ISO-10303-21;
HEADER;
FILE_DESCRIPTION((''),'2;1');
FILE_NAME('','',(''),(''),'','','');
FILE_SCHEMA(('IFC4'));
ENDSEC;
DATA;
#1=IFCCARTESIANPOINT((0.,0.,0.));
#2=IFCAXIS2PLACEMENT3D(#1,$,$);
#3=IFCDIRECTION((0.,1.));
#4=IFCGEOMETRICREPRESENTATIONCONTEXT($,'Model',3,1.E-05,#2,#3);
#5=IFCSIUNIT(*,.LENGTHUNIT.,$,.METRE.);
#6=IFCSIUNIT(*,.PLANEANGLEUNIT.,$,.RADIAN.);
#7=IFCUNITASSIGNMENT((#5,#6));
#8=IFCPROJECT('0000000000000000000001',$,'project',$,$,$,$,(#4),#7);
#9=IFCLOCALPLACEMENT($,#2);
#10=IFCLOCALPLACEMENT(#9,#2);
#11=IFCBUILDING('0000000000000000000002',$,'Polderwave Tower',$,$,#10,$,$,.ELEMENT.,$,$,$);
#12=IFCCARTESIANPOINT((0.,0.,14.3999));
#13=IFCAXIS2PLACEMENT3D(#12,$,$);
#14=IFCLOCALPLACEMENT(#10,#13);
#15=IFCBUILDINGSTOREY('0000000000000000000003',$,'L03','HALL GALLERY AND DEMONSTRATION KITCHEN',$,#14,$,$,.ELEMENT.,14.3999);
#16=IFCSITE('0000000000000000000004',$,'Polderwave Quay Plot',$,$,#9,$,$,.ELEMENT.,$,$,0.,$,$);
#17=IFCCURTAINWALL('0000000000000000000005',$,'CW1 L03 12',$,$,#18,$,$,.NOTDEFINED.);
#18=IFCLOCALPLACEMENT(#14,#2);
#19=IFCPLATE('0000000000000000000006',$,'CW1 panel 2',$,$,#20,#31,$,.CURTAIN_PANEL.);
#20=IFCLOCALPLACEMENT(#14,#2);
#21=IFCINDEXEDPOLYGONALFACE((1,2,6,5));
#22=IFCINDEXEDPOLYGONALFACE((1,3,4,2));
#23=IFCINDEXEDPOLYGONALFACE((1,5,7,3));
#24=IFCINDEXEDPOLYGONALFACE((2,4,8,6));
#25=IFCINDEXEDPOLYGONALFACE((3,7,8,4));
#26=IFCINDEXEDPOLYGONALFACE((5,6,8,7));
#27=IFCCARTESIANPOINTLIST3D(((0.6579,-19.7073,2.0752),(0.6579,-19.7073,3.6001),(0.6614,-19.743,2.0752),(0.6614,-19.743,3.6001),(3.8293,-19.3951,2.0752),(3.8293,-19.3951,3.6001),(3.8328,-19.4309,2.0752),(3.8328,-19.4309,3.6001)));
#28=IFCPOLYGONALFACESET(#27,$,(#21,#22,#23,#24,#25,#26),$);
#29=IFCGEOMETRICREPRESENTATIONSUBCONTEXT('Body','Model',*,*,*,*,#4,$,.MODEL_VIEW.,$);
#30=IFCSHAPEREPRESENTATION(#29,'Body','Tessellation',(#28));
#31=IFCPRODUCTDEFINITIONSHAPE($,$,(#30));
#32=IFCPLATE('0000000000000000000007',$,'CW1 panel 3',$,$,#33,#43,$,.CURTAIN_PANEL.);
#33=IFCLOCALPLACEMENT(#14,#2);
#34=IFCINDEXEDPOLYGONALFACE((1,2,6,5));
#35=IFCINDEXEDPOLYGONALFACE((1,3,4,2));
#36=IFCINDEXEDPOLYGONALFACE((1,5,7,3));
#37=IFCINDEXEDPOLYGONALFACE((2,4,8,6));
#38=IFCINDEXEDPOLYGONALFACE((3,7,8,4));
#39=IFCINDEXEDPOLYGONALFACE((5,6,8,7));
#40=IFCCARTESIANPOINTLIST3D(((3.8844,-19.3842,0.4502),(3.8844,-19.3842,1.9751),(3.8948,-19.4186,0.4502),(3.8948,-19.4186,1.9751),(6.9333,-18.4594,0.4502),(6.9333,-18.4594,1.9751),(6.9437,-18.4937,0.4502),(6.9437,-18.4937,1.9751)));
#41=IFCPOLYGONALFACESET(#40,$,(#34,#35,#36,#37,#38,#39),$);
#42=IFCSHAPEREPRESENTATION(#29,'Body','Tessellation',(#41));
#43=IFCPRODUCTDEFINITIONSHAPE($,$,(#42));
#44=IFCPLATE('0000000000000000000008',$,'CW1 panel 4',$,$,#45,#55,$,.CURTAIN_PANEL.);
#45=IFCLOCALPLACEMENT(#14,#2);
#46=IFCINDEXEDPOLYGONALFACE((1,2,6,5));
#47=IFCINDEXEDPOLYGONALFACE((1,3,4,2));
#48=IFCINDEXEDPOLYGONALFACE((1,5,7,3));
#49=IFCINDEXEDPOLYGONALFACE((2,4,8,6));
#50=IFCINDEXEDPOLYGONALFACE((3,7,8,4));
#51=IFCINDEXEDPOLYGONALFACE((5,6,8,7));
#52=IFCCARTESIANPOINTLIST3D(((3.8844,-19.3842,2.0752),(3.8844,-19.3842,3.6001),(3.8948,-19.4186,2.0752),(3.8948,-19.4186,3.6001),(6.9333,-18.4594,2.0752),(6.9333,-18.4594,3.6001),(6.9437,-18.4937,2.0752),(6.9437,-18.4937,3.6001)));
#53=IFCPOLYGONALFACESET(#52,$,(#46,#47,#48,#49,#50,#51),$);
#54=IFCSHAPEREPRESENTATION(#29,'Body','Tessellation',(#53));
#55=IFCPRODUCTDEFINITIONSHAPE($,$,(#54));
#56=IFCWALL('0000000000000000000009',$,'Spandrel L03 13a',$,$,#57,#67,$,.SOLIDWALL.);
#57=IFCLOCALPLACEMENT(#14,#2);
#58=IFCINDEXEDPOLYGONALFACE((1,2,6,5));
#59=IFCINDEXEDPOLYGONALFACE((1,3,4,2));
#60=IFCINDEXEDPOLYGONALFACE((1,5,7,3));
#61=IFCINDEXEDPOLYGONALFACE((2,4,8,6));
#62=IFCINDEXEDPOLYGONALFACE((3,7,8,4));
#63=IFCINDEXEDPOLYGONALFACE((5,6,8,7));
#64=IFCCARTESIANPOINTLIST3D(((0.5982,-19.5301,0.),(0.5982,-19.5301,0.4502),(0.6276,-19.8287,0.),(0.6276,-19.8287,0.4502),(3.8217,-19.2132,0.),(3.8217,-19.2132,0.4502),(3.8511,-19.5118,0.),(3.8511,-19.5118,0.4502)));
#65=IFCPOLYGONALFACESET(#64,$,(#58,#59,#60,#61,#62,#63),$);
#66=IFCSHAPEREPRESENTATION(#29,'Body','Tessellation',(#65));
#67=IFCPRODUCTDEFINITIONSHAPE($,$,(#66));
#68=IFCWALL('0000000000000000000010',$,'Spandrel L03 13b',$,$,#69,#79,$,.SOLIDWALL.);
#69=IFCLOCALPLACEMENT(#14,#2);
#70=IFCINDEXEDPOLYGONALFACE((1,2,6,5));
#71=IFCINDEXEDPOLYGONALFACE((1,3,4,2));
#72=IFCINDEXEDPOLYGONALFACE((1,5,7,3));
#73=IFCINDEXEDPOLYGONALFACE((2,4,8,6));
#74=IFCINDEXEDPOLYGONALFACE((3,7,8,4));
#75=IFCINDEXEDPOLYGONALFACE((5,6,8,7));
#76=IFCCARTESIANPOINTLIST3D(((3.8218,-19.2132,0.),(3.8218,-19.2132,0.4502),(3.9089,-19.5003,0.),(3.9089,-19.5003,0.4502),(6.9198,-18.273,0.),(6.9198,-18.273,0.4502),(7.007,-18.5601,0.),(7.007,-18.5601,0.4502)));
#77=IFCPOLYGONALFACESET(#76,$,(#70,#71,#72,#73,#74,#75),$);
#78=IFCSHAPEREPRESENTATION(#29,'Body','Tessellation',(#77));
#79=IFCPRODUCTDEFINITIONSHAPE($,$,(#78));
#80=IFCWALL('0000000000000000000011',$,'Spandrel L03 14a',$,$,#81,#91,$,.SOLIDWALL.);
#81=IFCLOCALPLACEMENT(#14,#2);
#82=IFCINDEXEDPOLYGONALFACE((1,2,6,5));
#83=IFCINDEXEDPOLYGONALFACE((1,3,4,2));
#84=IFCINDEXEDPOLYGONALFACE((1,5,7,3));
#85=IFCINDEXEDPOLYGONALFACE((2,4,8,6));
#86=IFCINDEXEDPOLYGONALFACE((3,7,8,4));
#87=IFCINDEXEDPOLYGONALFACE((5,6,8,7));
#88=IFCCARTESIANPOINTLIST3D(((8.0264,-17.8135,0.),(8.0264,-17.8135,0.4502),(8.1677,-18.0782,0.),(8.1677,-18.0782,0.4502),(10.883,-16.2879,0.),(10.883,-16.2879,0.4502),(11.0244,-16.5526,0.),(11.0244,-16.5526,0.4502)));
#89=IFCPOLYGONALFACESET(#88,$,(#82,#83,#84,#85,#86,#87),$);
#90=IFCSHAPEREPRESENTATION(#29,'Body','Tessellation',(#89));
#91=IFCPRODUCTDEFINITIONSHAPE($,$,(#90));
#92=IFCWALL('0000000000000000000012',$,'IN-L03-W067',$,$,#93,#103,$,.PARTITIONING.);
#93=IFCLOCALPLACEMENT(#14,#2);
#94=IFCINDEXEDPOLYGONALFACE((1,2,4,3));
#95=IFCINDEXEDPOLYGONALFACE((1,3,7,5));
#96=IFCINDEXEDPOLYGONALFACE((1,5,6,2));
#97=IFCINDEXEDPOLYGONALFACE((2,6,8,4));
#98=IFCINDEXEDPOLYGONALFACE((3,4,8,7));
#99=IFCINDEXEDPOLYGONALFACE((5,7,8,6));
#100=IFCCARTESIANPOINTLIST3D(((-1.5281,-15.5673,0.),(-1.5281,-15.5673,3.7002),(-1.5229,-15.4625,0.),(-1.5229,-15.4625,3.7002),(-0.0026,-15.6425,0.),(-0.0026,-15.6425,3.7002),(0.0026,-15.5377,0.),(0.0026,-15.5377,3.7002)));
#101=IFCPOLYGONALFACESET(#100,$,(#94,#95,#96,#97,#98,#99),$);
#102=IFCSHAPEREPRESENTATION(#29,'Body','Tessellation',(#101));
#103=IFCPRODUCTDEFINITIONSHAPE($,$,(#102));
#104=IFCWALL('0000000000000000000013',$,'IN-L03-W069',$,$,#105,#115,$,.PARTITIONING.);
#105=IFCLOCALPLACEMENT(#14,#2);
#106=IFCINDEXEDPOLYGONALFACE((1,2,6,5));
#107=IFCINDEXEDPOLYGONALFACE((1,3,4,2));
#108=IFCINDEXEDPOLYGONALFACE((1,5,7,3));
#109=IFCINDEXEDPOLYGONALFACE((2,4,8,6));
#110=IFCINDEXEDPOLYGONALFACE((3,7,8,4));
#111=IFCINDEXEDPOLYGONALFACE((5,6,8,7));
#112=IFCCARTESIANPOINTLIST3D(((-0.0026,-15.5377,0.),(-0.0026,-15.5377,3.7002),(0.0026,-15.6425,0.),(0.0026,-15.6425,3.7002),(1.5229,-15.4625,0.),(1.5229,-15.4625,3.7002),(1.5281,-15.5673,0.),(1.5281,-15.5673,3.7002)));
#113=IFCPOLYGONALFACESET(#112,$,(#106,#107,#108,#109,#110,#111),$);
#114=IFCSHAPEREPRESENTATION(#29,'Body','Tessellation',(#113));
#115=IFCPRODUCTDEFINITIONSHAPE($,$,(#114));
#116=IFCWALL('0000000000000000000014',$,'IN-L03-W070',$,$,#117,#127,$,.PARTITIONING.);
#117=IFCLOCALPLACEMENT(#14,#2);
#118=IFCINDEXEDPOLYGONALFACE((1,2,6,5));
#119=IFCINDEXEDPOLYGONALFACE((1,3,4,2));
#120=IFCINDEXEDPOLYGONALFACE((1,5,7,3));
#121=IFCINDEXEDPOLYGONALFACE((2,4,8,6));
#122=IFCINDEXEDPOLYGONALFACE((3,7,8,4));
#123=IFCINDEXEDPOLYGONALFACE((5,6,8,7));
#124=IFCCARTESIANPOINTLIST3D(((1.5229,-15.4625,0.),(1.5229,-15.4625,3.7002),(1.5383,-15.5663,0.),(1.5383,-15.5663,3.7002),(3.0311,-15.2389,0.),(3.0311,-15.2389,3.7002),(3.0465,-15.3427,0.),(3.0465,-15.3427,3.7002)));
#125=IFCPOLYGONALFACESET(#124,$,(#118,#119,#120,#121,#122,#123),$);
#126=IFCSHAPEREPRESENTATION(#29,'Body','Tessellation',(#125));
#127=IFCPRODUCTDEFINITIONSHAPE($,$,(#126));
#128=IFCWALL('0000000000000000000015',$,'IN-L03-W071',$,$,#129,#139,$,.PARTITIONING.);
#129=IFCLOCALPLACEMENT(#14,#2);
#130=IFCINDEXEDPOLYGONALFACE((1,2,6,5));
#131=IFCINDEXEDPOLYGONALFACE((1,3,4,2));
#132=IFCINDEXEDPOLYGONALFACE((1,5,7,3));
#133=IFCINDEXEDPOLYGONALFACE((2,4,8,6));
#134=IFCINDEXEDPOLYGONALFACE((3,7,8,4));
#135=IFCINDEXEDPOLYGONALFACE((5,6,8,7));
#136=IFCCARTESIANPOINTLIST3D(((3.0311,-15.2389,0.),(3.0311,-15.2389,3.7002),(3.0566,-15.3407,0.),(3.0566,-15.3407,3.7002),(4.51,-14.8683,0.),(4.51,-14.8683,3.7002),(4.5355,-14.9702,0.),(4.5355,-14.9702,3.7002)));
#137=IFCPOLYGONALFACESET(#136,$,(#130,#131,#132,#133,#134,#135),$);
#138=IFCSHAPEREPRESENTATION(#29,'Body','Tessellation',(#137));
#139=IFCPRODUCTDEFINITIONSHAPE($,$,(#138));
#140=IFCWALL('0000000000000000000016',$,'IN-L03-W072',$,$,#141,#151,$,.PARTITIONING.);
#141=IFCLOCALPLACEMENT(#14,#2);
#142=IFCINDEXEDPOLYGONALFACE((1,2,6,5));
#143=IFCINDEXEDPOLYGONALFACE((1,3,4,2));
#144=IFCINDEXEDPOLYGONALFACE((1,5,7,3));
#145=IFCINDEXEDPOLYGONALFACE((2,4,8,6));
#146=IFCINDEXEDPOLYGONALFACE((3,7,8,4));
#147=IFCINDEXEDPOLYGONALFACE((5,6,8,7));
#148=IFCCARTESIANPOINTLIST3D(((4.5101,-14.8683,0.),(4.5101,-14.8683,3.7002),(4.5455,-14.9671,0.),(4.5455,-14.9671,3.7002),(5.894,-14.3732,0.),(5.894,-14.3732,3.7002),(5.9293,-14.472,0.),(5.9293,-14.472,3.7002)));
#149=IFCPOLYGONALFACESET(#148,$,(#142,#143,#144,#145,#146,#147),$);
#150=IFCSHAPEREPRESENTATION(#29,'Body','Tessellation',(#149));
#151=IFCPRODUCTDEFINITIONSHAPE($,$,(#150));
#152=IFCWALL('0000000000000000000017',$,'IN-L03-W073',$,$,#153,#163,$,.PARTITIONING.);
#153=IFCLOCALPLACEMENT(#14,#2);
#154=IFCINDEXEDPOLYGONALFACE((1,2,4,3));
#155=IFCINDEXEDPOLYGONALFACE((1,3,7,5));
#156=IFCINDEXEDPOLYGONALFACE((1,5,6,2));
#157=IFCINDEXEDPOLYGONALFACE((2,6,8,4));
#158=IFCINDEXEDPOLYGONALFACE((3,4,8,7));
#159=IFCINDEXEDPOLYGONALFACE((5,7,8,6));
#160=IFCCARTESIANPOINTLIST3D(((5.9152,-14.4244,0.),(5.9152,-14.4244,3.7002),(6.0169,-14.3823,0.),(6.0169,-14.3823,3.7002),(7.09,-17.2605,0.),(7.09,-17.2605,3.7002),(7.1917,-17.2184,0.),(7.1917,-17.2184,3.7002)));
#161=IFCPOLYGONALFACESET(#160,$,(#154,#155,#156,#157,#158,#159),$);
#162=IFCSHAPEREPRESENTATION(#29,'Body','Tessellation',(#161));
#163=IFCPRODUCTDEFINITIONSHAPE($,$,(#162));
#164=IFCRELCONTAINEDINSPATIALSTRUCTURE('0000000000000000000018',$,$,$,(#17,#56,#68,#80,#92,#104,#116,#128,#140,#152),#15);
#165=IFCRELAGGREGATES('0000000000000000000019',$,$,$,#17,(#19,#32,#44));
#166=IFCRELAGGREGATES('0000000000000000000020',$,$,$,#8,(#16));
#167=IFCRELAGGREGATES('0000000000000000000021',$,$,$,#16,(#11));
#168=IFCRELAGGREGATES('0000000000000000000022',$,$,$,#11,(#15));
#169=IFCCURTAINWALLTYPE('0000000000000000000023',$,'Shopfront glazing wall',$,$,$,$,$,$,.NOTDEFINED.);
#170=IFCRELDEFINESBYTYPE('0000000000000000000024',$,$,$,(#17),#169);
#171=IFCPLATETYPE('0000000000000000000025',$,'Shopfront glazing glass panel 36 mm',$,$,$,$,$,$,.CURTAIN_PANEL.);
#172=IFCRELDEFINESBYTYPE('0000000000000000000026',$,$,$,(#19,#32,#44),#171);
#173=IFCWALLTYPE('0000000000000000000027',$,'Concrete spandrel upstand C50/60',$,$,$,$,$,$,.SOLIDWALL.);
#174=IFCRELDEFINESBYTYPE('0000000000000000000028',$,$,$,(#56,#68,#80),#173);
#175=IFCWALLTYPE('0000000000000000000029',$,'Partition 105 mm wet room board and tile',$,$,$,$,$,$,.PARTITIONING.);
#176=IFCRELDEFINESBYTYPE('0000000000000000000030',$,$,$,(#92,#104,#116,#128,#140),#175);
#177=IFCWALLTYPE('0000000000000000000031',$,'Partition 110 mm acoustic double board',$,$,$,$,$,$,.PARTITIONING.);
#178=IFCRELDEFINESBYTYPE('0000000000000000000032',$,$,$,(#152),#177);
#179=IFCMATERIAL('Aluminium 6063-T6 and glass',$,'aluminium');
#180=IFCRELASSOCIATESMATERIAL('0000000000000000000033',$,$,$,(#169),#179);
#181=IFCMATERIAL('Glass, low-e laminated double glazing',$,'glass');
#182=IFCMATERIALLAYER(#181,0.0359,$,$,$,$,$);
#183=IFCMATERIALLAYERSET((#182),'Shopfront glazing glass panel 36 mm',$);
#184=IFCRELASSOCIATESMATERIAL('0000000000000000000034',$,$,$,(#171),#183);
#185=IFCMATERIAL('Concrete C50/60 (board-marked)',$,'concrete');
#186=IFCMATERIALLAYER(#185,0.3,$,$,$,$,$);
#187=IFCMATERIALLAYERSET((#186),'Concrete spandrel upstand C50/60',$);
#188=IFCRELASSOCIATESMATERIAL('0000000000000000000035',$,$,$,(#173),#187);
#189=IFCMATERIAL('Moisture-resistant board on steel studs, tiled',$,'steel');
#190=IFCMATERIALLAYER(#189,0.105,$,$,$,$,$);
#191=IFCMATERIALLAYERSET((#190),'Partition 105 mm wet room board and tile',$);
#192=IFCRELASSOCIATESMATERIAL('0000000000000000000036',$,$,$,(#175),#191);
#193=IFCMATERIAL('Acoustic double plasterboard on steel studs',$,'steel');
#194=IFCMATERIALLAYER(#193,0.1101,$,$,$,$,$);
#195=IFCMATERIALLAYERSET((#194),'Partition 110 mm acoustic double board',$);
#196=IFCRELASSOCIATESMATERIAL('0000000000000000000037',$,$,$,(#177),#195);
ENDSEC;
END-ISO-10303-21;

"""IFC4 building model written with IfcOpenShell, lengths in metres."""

from ifc_helpers import new_model, si_unit, direction, frame, frame_2d, origin, origin_2d, place, context, subcontext, project, spatial, rectangle, extrude, material, layer, layer_set, type_object, element, aggregate, save


model = new_model("IFC4")

# Units and contexts
model_context = context("Model", 3, precision=1e-05, world=origin(), true_north=direction((0.0, 1.0)))
body_context = subcontext(model_context, "Body", "Model", "MODEL_VIEW")
ifc_project = project(units=[si_unit("LENGTHUNIT", "METRE"), si_unit("PLANEANGLEUNIT", "RADIAN")], contexts=[model_context])

# Site, building, storey
site_placement = place(None, origin())
site = spatial("IfcSite", under=ifc_project, at=site_placement, Name="Polderwave Quay Plot", CompositionType="ELEMENT", RefElevation=0.0)
building_placement = place(site_placement, origin())
building = spatial("IfcBuilding", under=site, at=building_placement, Name="Polderwave Tower", CompositionType="ELEMENT")
storey_placement = place(building_placement, frame((0.0, 0.0, 14.3999)))
storey = spatial("IfcBuildingStorey", under=building, at=storey_placement, Name="L03", Description="HALL GALLERY AND DEMONSTRATION KITCHEN", CompositionType="ELEMENT", Elevation=14.3999)

# Curtain wall
ifc_material_1 = material(Name="Aluminium 6063-T6 and glass", Category="aluminium")
curtain_wall_type = type_object("IfcCurtainWallType", Name="Shopfront glazing wall", PredefinedType="NOTDEFINED", material=ifc_material_1)
curtain_wall_1_placement = place(storey_placement, origin())
curtain_wall_1 = element("IfcCurtainWall", 1, at=curtain_wall_1_placement, inside=storey, type_object=curtain_wall_type, Name="CW1 L03 12", PredefinedType="NOTDEFINED")

# Plates
ifc_material_2 = material(Name="Glass, low-e laminated double glazing", Category="glass")
ifc_layer_1 = layer(ifc_material_2, 0.0359)
ifc_layer_set_1 = layer_set([ifc_layer_1], Name="Shopfront glazing glass panel 36 mm")
plate_type = type_object("IfcPlateType", Name="Shopfront glazing glass panel 36 mm", PredefinedType="CURTAIN_PANEL", material=ifc_layer_set_1)
plate_1_placement = place(storey_placement, frame((2.2454, -19.5691, 2.0752), z_axis=(0.0, 0.0, 1.0), x_axis=(0.99519, 0.097963, 0.0)))
plate_1 = element("IfcPlate", 2, at=plate_1_placement, type_object=plate_type, Name="CW1 panel 2", PredefinedType="CURTAIN_PANEL", context=body_context, shape_type="SweptSolid", body=[
    extrude(rectangle(XDim=3.1868, YDim=0.0359, at=origin_2d()), origin(), (0.0, 0.0, 1.0), 1.5249),
])
plate_2_placement = place(storey_placement, frame((5.4141, -18.939, 0.4502), z_axis=(0.0, 0.0, 1.0), x_axis=(0.95694, 0.290286, 0.0)))
plate_2 = element("IfcPlate", 3, at=plate_2_placement, type_object=plate_type, Name="CW1 panel 3", PredefinedType="CURTAIN_PANEL", context=body_context, shape_type="SweptSolid", body=[
    extrude(rectangle(XDim=3.186, YDim=0.0359, at=origin_2d()), origin(), (0.0, 0.0, 1.0), 1.5249),
])
plate_3_placement = place(storey_placement, frame((5.4141, -18.939, 2.0752), z_axis=(0.0, 0.0, 1.0), x_axis=(0.95694, 0.290286, 0.0)))
plate_3 = element("IfcPlate", 4, at=plate_3_placement, type_object=plate_type, Name="CW1 panel 4", PredefinedType="CURTAIN_PANEL", context=body_context, shape_type="SweptSolid", body=[
    extrude(rectangle(XDim=3.186, YDim=0.0359, at=origin_2d()), origin(), (0.0, 0.0, 1.0), 1.5249),
])
aggregate(curtain_wall_1, [plate_1, plate_2, plate_3])

# Walls
ifc_material_3 = material(Name="Concrete C50/60 (board-marked)", Category="concrete")
ifc_layer_2 = layer(ifc_material_3, 0.3)
ifc_layer_set_2 = layer_set([ifc_layer_2], Name="Concrete spandrel upstand C50/60")
wall_type_1 = type_object("IfcWallType", Name="Concrete spandrel upstand C50/60", PredefinedType="SOLIDWALL", material=ifc_layer_set_2)
wall_1_placement = place(storey_placement, frame((0.6128, -19.6794, 0.0), z_axis=(0.0, 0.0, 1.0), x_axis=(0.995202, 0.097839, 0.0)))
element("IfcWall", 5, at=wall_1_placement, inside=storey, type_object=wall_type_1, Name="Spandrel L03 13a", PredefinedType="SOLIDWALL", context=body_context, shape_type="SweptSolid", body=[
    extrude(rectangle(XDim=3.239, YDim=0.3, at=frame_2d((1.6196, 0.0))), origin(), (0.0, 0.0, 1.0), 0.4502),
])
wall_2_placement = place(storey_placement, frame((3.8655, -19.3567, 0.0), z_axis=(0.0, 0.0, 1.0), x_axis=(0.956908, 0.29039, 0.0)))
element("IfcWall", 6, at=wall_2_placement, inside=storey, type_object=wall_type_1, Name="Spandrel L03 13b", PredefinedType="SOLIDWALL", context=body_context, shape_type="SweptSolid", body=[
    extrude(rectangle(XDim=3.2375, YDim=0.3, at=frame_2d((1.6187, 0.0))), origin(), (0.0, 0.0, 1.0), 0.4502),
])
wall_3_placement = place(storey_placement, frame((8.0972, -17.9458, 0.0), z_axis=(0.0, 0.0, 1.0), x_axis=(0.882088, 0.471085, 0.0)))
element("IfcWall", 7, at=wall_3_placement, inside=storey, type_object=wall_type_1, Name="Spandrel L03 14a", PredefinedType="SOLIDWALL", context=body_context, shape_type="SweptSolid", body=[
    extrude(rectangle(XDim=3.2385, YDim=0.3, at=frame_2d((1.6191, 0.0))), origin(), (0.0, 0.0, 1.0), 0.4502),
])
ifc_material_4 = material(Name="Moisture-resistant board on steel studs, tiled", Category="steel")
ifc_layer_3 = layer(ifc_material_4, 0.105)
ifc_layer_set_3 = layer_set([ifc_layer_3], Name="Partition 105 mm wet room board and tile")
wall_type_2 = type_object("IfcWallType", Name="Partition 105 mm wet room board and tile", PredefinedType="PARTITIONING", material=ifc_layer_set_3)
for number, where, z_axis, x_axis, name in (
    (8, (0.0, -15.5901, 0.0), (0.0, 0.0, 1.0), (-0.998787, 0.049236, 0.0), "IN-L03-W067"),
    (9, (0.0, -15.5901, 0.0), (0.0, 0.0, 1.0), (0.998787, 0.049236, 0.0), "IN-L03-W069"),
):
    element("IfcWall", number, at=place(storey_placement, frame(where, z_axis=z_axis, x_axis=x_axis)), inside=storey, type_object=wall_type_2, Name=name, PredefinedType="PARTITIONING", context=body_context, shape_type="SweptSolid", body=[
        extrude(rectangle(XDim=1.5273, YDim=0.105, at=frame_2d((0.7637, 0.0))), origin(), (0.0, 0.0, 1.0), 3.7002),
    ])
for number, where, z_axis, x_axis, name in (
    (10, (1.5308, -15.5144, 0.0), (0.0, 0.0, 1.0), (0.989183, 0.146688, 0.0), "IN-L03-W070"),
    (11, (3.0439, -15.2898, 0.0), (0.0, 0.0, 1.0), (0.97001, 0.243063, 0.0), "IN-L03-W071"),
):
    element("IfcWall", number, at=place(storey_placement, frame(where, z_axis=z_axis, x_axis=x_axis)), inside=storey, type_object=wall_type_2, Name=name, PredefinedType="PARTITIONING", context=body_context, shape_type="SweptSolid", body=[
        extrude(rectangle(XDim=1.5247, YDim=0.105, at=frame_2d((0.7622, 0.0))), origin(), (0.0, 0.0, 1.0), 3.7002),
    ])
wall_4_placement = place(storey_placement, frame((4.5278, -14.9177, 0.0), z_axis=(0.0, 0.0, 1.0), x_axis=(0.941546, 0.336884, 0.0)))
element("IfcWall", 12, at=wall_4_placement, inside=storey, type_object=wall_type_2, Name="IN-L03-W072", PredefinedType="PARTITIONING", context=body_context, shape_type="SweptSolid", body=[
    extrude(rectangle(XDim=1.4697, YDim=0.105, at=frame_2d((0.7349, 0.0))), origin(), (0.0, 0.0, 1.0), 3.7002),
])
ifc_material_5 = material(Name="Acoustic double plasterboard on steel studs", Category="steel")
ifc_layer_4 = layer(ifc_material_5, 0.1101)
ifc_layer_set_4 = layer_set([ifc_layer_4], Name="Partition 110 mm acoustic double board")
wall_type_3 = type_object("IfcWallType", Name="Partition 110 mm acoustic double board", PredefinedType="PARTITIONING", material=ifc_layer_set_4)
wall_5_placement = place(storey_placement, frame((5.9661, -14.4033, 0.0), z_axis=(0.0, 0.0, 1.0), x_axis=(0.382689, -0.923877, 0.0)))
element("IfcWall", 13, at=wall_5_placement, inside=storey, type_object=wall_type_3, Name="IN-L03-W073", PredefinedType="PARTITIONING", context=body_context, shape_type="SweptSolid", body=[
    extrude(rectangle(XDim=3.0698, YDim=0.1101, at=frame_2d((1.5349, 0.0))), origin(), (0.0, 0.0, 1.0), 3.7002),
])

save(model, "model.ifc")
